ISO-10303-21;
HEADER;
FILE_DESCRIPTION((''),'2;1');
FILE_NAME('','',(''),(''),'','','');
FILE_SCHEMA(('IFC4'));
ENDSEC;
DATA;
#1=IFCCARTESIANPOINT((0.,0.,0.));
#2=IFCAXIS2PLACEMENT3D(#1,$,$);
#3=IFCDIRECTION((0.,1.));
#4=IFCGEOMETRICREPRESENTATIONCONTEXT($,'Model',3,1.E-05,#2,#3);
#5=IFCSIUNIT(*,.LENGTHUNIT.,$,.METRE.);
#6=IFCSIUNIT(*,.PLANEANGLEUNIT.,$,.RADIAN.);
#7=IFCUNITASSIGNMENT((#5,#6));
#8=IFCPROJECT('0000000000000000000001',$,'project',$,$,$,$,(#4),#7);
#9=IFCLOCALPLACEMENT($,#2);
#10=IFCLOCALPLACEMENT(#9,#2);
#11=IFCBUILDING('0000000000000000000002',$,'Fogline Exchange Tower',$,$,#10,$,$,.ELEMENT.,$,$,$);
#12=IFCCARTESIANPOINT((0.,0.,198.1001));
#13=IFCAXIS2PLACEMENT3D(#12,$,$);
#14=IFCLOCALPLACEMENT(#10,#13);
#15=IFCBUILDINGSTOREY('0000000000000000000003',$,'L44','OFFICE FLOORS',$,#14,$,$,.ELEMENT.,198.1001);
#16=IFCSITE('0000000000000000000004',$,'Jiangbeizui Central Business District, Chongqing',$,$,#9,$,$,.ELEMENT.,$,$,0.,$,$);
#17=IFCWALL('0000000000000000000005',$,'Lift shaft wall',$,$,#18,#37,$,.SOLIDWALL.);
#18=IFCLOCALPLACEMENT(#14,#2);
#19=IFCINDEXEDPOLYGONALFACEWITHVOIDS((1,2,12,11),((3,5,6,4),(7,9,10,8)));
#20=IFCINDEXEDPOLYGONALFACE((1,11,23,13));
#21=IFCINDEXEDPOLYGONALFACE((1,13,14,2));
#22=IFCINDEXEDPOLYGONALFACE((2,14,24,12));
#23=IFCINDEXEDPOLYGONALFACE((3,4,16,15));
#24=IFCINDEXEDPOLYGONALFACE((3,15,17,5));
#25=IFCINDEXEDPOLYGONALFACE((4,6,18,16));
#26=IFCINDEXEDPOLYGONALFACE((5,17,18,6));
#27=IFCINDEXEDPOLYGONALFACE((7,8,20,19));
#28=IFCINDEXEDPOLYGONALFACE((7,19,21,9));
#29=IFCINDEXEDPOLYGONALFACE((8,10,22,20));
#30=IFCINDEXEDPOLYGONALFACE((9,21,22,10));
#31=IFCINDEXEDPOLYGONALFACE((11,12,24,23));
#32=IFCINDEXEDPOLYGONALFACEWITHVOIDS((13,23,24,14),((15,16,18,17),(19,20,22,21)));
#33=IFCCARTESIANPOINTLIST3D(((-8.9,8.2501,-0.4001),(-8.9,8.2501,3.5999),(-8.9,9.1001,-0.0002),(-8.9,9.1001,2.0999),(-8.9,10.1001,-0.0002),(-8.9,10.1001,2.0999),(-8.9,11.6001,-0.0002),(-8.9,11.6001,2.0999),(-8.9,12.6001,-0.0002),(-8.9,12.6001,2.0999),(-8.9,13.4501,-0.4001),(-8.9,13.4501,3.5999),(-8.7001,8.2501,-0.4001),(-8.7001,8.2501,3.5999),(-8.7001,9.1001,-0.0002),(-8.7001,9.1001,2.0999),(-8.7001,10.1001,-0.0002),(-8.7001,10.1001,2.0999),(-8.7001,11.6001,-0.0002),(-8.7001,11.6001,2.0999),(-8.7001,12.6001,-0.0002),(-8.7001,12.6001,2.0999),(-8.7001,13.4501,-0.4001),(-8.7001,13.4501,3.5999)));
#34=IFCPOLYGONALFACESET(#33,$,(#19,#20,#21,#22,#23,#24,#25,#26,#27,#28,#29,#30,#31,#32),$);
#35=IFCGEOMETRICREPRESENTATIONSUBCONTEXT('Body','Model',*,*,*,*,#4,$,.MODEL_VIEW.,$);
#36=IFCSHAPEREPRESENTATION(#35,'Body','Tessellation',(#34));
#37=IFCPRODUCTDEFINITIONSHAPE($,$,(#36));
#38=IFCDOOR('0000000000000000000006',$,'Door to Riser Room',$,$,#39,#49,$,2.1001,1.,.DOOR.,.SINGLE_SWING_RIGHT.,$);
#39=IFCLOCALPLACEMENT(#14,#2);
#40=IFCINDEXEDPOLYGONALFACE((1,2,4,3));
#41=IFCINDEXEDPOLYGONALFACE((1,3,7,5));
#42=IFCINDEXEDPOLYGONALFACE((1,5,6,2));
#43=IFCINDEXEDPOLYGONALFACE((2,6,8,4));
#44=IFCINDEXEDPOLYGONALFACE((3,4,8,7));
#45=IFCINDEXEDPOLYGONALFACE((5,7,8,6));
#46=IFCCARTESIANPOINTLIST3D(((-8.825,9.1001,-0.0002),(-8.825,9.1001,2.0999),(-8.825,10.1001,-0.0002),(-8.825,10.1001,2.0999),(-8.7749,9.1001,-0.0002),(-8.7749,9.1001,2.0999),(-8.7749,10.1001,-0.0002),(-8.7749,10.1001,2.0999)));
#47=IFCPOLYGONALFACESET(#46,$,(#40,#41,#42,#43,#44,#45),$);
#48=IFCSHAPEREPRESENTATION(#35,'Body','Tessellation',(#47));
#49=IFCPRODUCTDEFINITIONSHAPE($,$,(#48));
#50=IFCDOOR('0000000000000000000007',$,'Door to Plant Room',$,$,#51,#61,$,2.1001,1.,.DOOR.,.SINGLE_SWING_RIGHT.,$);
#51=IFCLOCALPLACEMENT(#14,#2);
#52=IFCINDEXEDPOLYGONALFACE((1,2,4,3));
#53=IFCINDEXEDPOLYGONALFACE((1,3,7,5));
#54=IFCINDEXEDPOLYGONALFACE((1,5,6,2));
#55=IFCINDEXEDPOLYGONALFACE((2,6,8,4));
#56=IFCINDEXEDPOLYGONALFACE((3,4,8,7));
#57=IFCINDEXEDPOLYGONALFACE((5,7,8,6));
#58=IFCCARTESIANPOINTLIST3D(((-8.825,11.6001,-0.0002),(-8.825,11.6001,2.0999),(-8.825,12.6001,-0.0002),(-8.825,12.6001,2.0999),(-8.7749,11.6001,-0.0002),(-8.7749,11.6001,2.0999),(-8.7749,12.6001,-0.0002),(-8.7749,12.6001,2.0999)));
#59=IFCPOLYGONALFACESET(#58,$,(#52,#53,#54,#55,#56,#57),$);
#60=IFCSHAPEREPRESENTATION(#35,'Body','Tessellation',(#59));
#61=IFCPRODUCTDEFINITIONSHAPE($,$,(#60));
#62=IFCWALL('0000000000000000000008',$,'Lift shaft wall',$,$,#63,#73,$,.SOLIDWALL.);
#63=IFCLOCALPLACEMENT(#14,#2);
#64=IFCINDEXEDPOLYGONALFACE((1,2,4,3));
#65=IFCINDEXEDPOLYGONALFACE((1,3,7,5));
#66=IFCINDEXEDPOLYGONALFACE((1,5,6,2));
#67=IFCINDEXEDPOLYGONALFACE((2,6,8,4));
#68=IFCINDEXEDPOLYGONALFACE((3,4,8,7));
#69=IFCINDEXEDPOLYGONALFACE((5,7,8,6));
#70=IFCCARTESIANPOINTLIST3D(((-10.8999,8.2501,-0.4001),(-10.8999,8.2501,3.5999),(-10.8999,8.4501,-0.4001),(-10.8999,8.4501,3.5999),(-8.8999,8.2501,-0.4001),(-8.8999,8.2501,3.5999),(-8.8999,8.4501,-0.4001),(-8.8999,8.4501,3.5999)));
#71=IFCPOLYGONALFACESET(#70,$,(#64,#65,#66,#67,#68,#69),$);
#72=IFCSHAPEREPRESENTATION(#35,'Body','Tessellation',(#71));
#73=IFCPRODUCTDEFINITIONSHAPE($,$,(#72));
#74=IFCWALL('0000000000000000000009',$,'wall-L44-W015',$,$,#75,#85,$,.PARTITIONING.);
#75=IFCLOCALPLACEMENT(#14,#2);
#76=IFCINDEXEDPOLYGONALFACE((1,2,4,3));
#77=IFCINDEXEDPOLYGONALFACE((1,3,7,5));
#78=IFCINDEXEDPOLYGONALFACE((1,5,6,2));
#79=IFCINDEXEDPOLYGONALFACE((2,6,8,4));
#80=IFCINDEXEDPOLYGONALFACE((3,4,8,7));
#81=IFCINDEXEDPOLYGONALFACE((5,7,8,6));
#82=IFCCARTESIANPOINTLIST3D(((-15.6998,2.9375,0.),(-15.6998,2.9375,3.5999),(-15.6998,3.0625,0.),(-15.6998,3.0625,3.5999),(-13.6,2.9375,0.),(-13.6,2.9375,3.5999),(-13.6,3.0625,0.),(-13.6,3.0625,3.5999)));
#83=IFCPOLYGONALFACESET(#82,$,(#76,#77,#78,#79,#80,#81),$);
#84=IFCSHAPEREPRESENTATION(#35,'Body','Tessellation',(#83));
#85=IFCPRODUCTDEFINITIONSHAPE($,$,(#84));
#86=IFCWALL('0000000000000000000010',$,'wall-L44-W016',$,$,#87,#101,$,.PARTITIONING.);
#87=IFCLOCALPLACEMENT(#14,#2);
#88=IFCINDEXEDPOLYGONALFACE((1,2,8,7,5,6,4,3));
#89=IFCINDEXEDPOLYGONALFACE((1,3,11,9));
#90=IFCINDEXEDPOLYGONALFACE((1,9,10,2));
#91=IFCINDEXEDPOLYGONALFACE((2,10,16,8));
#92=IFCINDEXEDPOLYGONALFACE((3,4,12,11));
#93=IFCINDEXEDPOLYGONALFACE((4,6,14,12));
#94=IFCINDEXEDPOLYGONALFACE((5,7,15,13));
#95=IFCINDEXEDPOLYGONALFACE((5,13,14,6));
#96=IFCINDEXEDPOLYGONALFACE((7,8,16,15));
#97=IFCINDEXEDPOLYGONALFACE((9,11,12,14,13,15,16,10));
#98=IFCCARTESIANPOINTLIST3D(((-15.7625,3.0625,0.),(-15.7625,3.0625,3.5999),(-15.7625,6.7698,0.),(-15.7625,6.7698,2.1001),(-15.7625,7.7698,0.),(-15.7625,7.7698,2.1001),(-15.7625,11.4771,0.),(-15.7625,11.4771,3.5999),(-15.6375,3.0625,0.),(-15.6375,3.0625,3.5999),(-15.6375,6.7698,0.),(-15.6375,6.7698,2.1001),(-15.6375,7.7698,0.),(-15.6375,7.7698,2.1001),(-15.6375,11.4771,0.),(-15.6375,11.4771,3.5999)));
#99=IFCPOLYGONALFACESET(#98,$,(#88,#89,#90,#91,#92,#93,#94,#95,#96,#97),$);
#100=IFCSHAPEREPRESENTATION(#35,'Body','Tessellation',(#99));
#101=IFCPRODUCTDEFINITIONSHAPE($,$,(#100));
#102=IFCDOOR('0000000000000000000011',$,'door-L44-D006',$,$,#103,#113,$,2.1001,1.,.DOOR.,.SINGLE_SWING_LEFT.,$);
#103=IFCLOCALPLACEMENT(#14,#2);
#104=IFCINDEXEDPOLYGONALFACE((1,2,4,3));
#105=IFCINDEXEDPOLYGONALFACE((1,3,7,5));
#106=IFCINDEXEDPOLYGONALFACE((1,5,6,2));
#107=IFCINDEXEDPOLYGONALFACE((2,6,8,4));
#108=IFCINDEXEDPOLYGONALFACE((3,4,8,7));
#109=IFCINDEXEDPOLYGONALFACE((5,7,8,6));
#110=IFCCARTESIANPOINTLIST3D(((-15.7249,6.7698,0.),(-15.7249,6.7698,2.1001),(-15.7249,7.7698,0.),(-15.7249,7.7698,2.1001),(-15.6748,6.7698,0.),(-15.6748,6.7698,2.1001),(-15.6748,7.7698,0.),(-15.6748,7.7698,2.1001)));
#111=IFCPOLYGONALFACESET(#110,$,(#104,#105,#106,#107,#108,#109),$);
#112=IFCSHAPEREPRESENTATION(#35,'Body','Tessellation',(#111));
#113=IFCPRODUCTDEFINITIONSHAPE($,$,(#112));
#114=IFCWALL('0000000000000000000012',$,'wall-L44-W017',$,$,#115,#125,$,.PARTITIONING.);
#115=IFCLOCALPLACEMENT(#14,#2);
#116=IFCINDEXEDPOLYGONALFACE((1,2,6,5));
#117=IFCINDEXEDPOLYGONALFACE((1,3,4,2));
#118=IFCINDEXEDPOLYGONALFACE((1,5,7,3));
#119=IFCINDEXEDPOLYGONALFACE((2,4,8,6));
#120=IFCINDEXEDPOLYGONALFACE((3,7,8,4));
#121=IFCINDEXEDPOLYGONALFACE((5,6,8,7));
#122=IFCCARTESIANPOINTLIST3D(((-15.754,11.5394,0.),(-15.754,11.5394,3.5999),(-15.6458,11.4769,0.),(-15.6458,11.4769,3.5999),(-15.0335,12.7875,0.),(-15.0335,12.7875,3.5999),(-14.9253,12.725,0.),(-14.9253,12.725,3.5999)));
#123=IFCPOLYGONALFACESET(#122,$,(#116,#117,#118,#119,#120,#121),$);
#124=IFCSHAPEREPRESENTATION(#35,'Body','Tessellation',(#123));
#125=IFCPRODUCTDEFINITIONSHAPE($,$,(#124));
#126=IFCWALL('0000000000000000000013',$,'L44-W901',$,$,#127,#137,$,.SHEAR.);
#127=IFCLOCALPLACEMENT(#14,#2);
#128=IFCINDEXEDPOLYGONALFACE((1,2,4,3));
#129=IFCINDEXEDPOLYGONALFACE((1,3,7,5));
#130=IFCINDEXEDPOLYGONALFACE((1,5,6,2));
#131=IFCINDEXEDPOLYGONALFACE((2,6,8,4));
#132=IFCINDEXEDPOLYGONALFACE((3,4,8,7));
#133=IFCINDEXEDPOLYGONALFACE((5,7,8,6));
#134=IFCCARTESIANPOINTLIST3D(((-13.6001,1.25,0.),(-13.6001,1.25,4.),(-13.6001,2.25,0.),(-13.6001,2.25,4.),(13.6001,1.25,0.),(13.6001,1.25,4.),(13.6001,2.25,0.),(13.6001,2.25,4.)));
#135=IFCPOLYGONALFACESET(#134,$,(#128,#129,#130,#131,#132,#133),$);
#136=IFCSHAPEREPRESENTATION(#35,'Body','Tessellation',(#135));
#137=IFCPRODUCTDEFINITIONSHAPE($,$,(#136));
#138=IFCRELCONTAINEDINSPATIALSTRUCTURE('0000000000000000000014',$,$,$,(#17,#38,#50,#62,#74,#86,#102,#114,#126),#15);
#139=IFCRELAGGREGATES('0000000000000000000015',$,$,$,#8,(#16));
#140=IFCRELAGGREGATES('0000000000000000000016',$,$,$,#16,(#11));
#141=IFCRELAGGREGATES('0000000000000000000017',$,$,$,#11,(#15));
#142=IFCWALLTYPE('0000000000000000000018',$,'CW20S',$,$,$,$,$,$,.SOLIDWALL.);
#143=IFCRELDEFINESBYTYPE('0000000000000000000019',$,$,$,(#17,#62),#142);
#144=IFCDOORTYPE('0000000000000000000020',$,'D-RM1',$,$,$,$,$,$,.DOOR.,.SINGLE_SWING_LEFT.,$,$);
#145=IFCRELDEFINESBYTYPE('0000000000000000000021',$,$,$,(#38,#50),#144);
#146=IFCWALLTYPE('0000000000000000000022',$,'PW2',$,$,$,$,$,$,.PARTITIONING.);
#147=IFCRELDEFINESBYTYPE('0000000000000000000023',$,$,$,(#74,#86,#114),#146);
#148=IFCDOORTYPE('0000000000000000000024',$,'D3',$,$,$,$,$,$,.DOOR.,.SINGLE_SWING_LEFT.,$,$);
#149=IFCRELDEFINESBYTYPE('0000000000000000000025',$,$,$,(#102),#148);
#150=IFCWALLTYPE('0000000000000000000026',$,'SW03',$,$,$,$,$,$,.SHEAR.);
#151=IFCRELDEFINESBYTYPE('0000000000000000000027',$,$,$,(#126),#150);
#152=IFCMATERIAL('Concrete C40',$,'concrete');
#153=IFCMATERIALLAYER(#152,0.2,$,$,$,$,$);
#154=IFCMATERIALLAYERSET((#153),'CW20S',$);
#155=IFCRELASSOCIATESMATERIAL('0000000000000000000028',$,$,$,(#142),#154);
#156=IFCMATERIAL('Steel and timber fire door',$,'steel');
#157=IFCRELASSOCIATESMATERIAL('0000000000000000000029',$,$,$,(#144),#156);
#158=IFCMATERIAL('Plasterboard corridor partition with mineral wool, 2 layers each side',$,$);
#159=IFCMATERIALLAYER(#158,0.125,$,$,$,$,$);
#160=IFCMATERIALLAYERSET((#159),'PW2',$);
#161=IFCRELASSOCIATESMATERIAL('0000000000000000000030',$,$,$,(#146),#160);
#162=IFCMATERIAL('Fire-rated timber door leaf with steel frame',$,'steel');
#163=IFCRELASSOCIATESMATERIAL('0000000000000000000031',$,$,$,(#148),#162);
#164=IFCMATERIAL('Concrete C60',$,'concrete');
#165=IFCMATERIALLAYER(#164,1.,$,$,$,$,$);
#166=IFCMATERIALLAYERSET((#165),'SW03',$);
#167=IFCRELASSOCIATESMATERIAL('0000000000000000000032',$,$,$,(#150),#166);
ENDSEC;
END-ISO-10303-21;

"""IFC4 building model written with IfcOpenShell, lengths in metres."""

from ifc_helpers import new_model, si_unit, direction, frame, frame_2d, origin, place, context, subcontext, project, spatial, rectangle, extrude, material, layer, layer_set, type_object, element, fill, save


model = new_model("IFC4")

# Units and contexts
model_context = context("Model", 3, precision=1e-05, world=origin(), true_north=direction((0.0, 1.0)))
body_context = subcontext(model_context, "Body", "Model", "MODEL_VIEW")
ifc_project = project(units=[si_unit("LENGTHUNIT", "METRE"), si_unit("PLANEANGLEUNIT", "RADIAN")], contexts=[model_context])

# Site, building, storey
site_placement = place(None, origin())
site = spatial("IfcSite", under=ifc_project, at=site_placement, Name="Jiangbeizui Central Business District, Chongqing", CompositionType="ELEMENT", RefElevation=0.0)
building_placement = place(site_placement, origin())
building = spatial("IfcBuilding", under=site, at=building_placement, Name="Fogline Exchange Tower", CompositionType="ELEMENT")
storey_placement = place(building_placement, frame((0.0, 0.0, 198.1001)))
storey = spatial("IfcBuildingStorey", under=building, at=storey_placement, Name="L44", Description="OFFICE FLOORS", CompositionType="ELEMENT", Elevation=198.1001)

# Shared definitions
ifc_material_1 = material(Name="Concrete C40", Category="concrete")

# Shared definitions
ifc_material_2 = material(Name="Steel and timber fire door", Category="steel")

# Wall, openings, doors
ifc_layer_1 = layer(ifc_material_1, 0.2)
ifc_layer_set_1 = layer_set([ifc_layer_1], Name="CW20S")
wall_type_1 = type_object("IfcWallType", Name="CW20S", PredefinedType="SOLIDWALL", material=ifc_layer_set_1)
wall_1_placement = place(storey_placement, frame((-8.8, 8.25, -0.4001), z_axis=(0.0, 0.0, 1.0), x_axis=(0.0, 1.0, 0.0)))
wall_1 = element("IfcWall", 1, at=wall_1_placement, inside=storey, type_object=wall_type_1, Name="Lift shaft wall", PredefinedType="SOLIDWALL", context=body_context, shape_type="SweptSolid", body=[
    extrude(rectangle(XDim=5.2, YDim=0.2, at=frame_2d((2.6001, 0.0))), origin(), (0.0, 0.0, 1.0), 4.0),
])
opening_1_placement = place(wall_1_placement, frame((0.8501, 0.0, 0.3999)))
opening_1 = element("IfcOpeningElement", 2, at=opening_1_placement, cuts=wall_1, PredefinedType="OPENING", context=body_context, shape_type="SweptSolid", body=[
    extrude(rectangle(XDim=1.0, YDim=2.1001, at=frame_2d((0.5, 1.05))), frame((0.0, 0.1099, 0.0), z_axis=(0.0, -1.0, 0.0), x_axis=(1.0, 0.0, 0.0)), (0.0, 0.0, 1.0), 0.22),
])
opening_2_placement = place(wall_1_placement, frame((3.3501, 0.0, 0.3999)))
opening_2 = element("IfcOpeningElement", 3, at=opening_2_placement, cuts=wall_1, PredefinedType="OPENING", context=body_context, shape_type="SweptSolid", body=[
    extrude(rectangle(XDim=1.0, YDim=2.1001, at=frame_2d((0.5, 1.05))), frame((0.0, 0.1099, 0.0), z_axis=(0.0, -1.0, 0.0), x_axis=(1.0, 0.0, 0.0)), (0.0, 0.0, 1.0), 0.22),
])
door_type_1 = type_object("IfcDoorType", Name="D-RM1", OperationType="SINGLE_SWING_LEFT", PredefinedType="DOOR", material=ifc_material_2)
door_1_placement = place(opening_1_placement, origin())
door_1 = element("IfcDoor", 4, at=door_1_placement, inside=storey, type_object=door_type_1, Name="Door to Riser Room", OperationType="SINGLE_SWING_RIGHT", OverallHeight=2.1001, OverallWidth=1.0, PredefinedType="DOOR", context=body_context, shape_type="SweptSolid", body=[
    extrude(rectangle(XDim=1.0, YDim=2.1001, at=frame_2d((0.5, 1.05))), frame((0.0, 0.0249, 0.0), z_axis=(0.0, -1.0, 0.0), x_axis=(1.0, 0.0, 0.0)), (0.0, 0.0, 1.0), 0.05),
])
fill(opening_1, door_1)
door_2_placement = place(opening_2_placement, origin())
door_2 = element("IfcDoor", 5, at=door_2_placement, inside=storey, type_object=door_type_1, Name="Door to Plant Room", OperationType="SINGLE_SWING_RIGHT", OverallHeight=2.1001, OverallWidth=1.0, PredefinedType="DOOR", context=body_context, shape_type="SweptSolid", body=[
    extrude(rectangle(XDim=1.0, YDim=2.1001, at=frame_2d((0.5, 1.05))), frame((0.0, 0.0249, 0.0), z_axis=(0.0, -1.0, 0.0), x_axis=(1.0, 0.0, 0.0)), (0.0, 0.0, 1.0), 0.05),
])
fill(opening_2, door_2)

# Walls
wall_2_placement = place(storey_placement, frame((-10.8999, 8.3501, -0.4001), z_axis=(0.0, 0.0, 1.0), x_axis=(1.0, 0.0, 0.0)))
element("IfcWall", 6, at=wall_2_placement, inside=storey, type_object=wall_type_1, Name="Lift shaft wall", PredefinedType="SOLIDWALL", context=body_context, shape_type="SweptSolid", body=[
    extrude(rectangle(XDim=2.0, YDim=0.2, at=frame_2d((1.0, 0.0))), origin(), (0.0, 0.0, 1.0), 4.0),
])
ifc_material_3 = material(Name="Plasterboard corridor partition with mineral wool, 2 layers each side")
ifc_layer_2 = layer(ifc_material_3, 0.125)
ifc_layer_set_2 = layer_set([ifc_layer_2], Name="PW2")
wall_type_2 = type_object("IfcWallType", Name="PW2", PredefinedType="PARTITIONING", material=ifc_layer_set_2)
wall_3_placement = place(storey_placement, frame((-13.6001, 3.0, 0.0), z_axis=(0.0, 0.0, 1.0), x_axis=(-1.0, 0.0, 0.0)))
element("IfcWall", 7, at=wall_3_placement, inside=storey, type_object=wall_type_2, Name="wall-L44-W015", PredefinedType="PARTITIONING", context=body_context, shape_type="SweptSolid", body=[
    extrude(rectangle(XDim=2.0999, YDim=0.125, at=frame_2d((1.0498, 0.0))), origin(), (0.0, 0.0, 1.0), 3.5999),
])

# Wall, opening, door
wall_4_placement = place(storey_placement, frame((-15.7, 3.0625, 0.0), z_axis=(0.0, 0.0, 1.0), x_axis=(0.0, 1.0, 0.0)))
wall_4 = element("IfcWall", 8, at=wall_4_placement, inside=storey, type_object=wall_type_2, Name="wall-L44-W016", PredefinedType="PARTITIONING", context=body_context, shape_type="SweptSolid", body=[
    extrude(rectangle(XDim=8.4146, YDim=0.125, at=frame_2d((4.2073, 0.0))), origin(), (0.0, 0.0, 1.0), 3.5999),
])
opening_3_placement = place(wall_4_placement, frame((3.7073, 0.0, 0.0)))
opening_3 = element("IfcOpeningElement", 9, at=opening_3_placement, cuts=wall_4, PredefinedType="OPENING", context=body_context, shape_type="SweptSolid", body=[
    extrude(rectangle(XDim=1.0, YDim=2.1001, at=frame_2d((0.5, 1.05))), frame((0.0, 0.0725, 0.0), z_axis=(0.0, -1.0, 0.0), x_axis=(1.0, 0.0, 0.0)), (0.0, 0.0, 1.0), 0.145),
])
ifc_material_4 = material(Name="Fire-rated timber door leaf with steel frame", Category="steel")
door_type_2 = type_object("IfcDoorType", Name="D3", OperationType="SINGLE_SWING_LEFT", PredefinedType="DOOR", material=ifc_material_4)
door_3_placement = place(opening_3_placement, origin())
door_3 = element("IfcDoor", 10, at=door_3_placement, inside=storey, type_object=door_type_2, Name="door-L44-D006", OperationType="SINGLE_SWING_LEFT", OverallHeight=2.1001, OverallWidth=1.0, PredefinedType="DOOR", context=body_context, shape_type="SweptSolid", body=[
    extrude(rectangle(XDim=1.0, YDim=2.1001, at=frame_2d((0.5, 1.05))), frame((0.0, 0.0249, 0.0), z_axis=(0.0, -1.0, 0.0), x_axis=(1.0, 0.0, 0.0)), (0.0, 0.0, 1.0), 0.05),
])
fill(opening_3, door_3)

# Walls
wall_5_placement = place(storey_placement, frame((-15.7, 11.5081, 0.0), z_axis=(0.0, 0.0, 1.0), x_axis=(0.499947, 0.866056, 0.0)))
element("IfcWall", 11, at=wall_5_placement, inside=storey, type_object=wall_type_2, Name="wall-L44-W017", PredefinedType="PARTITIONING", context=body_context, shape_type="SweptSolid", body=[
    extrude(rectangle(XDim=1.4412, YDim=0.125, at=frame_2d((0.7207, 0.0))), origin(), (0.0, 0.0, 1.0), 3.5999),
])
ifc_material_5 = material(Name="Concrete C60", Category="concrete")
ifc_layer_3 = layer(ifc_material_5, 1.0)
ifc_layer_set_3 = layer_set([ifc_layer_3], Name="SW03")
wall_type_3 = type_object("IfcWallType", Name="SW03", PredefinedType="SHEAR", material=ifc_layer_set_3)
wall_6_placement = place(storey_placement, frame((-13.6001, 1.75, 0.0), z_axis=(0.0, 0.0, 1.0), x_axis=(1.0, 0.0, 0.0)))
element("IfcWall", 12, at=wall_6_placement, inside=storey, type_object=wall_type_3, Name="L44-W901", PredefinedType="SHEAR", context=body_context, shape_type="SweptSolid", body=[
    extrude(rectangle(XDim=27.2002, YDim=1.0, at=frame_2d((13.6001, 0.0))), origin(), (0.0, 0.0, 1.0), 4.0),
])

save(model, "model.ifc")
